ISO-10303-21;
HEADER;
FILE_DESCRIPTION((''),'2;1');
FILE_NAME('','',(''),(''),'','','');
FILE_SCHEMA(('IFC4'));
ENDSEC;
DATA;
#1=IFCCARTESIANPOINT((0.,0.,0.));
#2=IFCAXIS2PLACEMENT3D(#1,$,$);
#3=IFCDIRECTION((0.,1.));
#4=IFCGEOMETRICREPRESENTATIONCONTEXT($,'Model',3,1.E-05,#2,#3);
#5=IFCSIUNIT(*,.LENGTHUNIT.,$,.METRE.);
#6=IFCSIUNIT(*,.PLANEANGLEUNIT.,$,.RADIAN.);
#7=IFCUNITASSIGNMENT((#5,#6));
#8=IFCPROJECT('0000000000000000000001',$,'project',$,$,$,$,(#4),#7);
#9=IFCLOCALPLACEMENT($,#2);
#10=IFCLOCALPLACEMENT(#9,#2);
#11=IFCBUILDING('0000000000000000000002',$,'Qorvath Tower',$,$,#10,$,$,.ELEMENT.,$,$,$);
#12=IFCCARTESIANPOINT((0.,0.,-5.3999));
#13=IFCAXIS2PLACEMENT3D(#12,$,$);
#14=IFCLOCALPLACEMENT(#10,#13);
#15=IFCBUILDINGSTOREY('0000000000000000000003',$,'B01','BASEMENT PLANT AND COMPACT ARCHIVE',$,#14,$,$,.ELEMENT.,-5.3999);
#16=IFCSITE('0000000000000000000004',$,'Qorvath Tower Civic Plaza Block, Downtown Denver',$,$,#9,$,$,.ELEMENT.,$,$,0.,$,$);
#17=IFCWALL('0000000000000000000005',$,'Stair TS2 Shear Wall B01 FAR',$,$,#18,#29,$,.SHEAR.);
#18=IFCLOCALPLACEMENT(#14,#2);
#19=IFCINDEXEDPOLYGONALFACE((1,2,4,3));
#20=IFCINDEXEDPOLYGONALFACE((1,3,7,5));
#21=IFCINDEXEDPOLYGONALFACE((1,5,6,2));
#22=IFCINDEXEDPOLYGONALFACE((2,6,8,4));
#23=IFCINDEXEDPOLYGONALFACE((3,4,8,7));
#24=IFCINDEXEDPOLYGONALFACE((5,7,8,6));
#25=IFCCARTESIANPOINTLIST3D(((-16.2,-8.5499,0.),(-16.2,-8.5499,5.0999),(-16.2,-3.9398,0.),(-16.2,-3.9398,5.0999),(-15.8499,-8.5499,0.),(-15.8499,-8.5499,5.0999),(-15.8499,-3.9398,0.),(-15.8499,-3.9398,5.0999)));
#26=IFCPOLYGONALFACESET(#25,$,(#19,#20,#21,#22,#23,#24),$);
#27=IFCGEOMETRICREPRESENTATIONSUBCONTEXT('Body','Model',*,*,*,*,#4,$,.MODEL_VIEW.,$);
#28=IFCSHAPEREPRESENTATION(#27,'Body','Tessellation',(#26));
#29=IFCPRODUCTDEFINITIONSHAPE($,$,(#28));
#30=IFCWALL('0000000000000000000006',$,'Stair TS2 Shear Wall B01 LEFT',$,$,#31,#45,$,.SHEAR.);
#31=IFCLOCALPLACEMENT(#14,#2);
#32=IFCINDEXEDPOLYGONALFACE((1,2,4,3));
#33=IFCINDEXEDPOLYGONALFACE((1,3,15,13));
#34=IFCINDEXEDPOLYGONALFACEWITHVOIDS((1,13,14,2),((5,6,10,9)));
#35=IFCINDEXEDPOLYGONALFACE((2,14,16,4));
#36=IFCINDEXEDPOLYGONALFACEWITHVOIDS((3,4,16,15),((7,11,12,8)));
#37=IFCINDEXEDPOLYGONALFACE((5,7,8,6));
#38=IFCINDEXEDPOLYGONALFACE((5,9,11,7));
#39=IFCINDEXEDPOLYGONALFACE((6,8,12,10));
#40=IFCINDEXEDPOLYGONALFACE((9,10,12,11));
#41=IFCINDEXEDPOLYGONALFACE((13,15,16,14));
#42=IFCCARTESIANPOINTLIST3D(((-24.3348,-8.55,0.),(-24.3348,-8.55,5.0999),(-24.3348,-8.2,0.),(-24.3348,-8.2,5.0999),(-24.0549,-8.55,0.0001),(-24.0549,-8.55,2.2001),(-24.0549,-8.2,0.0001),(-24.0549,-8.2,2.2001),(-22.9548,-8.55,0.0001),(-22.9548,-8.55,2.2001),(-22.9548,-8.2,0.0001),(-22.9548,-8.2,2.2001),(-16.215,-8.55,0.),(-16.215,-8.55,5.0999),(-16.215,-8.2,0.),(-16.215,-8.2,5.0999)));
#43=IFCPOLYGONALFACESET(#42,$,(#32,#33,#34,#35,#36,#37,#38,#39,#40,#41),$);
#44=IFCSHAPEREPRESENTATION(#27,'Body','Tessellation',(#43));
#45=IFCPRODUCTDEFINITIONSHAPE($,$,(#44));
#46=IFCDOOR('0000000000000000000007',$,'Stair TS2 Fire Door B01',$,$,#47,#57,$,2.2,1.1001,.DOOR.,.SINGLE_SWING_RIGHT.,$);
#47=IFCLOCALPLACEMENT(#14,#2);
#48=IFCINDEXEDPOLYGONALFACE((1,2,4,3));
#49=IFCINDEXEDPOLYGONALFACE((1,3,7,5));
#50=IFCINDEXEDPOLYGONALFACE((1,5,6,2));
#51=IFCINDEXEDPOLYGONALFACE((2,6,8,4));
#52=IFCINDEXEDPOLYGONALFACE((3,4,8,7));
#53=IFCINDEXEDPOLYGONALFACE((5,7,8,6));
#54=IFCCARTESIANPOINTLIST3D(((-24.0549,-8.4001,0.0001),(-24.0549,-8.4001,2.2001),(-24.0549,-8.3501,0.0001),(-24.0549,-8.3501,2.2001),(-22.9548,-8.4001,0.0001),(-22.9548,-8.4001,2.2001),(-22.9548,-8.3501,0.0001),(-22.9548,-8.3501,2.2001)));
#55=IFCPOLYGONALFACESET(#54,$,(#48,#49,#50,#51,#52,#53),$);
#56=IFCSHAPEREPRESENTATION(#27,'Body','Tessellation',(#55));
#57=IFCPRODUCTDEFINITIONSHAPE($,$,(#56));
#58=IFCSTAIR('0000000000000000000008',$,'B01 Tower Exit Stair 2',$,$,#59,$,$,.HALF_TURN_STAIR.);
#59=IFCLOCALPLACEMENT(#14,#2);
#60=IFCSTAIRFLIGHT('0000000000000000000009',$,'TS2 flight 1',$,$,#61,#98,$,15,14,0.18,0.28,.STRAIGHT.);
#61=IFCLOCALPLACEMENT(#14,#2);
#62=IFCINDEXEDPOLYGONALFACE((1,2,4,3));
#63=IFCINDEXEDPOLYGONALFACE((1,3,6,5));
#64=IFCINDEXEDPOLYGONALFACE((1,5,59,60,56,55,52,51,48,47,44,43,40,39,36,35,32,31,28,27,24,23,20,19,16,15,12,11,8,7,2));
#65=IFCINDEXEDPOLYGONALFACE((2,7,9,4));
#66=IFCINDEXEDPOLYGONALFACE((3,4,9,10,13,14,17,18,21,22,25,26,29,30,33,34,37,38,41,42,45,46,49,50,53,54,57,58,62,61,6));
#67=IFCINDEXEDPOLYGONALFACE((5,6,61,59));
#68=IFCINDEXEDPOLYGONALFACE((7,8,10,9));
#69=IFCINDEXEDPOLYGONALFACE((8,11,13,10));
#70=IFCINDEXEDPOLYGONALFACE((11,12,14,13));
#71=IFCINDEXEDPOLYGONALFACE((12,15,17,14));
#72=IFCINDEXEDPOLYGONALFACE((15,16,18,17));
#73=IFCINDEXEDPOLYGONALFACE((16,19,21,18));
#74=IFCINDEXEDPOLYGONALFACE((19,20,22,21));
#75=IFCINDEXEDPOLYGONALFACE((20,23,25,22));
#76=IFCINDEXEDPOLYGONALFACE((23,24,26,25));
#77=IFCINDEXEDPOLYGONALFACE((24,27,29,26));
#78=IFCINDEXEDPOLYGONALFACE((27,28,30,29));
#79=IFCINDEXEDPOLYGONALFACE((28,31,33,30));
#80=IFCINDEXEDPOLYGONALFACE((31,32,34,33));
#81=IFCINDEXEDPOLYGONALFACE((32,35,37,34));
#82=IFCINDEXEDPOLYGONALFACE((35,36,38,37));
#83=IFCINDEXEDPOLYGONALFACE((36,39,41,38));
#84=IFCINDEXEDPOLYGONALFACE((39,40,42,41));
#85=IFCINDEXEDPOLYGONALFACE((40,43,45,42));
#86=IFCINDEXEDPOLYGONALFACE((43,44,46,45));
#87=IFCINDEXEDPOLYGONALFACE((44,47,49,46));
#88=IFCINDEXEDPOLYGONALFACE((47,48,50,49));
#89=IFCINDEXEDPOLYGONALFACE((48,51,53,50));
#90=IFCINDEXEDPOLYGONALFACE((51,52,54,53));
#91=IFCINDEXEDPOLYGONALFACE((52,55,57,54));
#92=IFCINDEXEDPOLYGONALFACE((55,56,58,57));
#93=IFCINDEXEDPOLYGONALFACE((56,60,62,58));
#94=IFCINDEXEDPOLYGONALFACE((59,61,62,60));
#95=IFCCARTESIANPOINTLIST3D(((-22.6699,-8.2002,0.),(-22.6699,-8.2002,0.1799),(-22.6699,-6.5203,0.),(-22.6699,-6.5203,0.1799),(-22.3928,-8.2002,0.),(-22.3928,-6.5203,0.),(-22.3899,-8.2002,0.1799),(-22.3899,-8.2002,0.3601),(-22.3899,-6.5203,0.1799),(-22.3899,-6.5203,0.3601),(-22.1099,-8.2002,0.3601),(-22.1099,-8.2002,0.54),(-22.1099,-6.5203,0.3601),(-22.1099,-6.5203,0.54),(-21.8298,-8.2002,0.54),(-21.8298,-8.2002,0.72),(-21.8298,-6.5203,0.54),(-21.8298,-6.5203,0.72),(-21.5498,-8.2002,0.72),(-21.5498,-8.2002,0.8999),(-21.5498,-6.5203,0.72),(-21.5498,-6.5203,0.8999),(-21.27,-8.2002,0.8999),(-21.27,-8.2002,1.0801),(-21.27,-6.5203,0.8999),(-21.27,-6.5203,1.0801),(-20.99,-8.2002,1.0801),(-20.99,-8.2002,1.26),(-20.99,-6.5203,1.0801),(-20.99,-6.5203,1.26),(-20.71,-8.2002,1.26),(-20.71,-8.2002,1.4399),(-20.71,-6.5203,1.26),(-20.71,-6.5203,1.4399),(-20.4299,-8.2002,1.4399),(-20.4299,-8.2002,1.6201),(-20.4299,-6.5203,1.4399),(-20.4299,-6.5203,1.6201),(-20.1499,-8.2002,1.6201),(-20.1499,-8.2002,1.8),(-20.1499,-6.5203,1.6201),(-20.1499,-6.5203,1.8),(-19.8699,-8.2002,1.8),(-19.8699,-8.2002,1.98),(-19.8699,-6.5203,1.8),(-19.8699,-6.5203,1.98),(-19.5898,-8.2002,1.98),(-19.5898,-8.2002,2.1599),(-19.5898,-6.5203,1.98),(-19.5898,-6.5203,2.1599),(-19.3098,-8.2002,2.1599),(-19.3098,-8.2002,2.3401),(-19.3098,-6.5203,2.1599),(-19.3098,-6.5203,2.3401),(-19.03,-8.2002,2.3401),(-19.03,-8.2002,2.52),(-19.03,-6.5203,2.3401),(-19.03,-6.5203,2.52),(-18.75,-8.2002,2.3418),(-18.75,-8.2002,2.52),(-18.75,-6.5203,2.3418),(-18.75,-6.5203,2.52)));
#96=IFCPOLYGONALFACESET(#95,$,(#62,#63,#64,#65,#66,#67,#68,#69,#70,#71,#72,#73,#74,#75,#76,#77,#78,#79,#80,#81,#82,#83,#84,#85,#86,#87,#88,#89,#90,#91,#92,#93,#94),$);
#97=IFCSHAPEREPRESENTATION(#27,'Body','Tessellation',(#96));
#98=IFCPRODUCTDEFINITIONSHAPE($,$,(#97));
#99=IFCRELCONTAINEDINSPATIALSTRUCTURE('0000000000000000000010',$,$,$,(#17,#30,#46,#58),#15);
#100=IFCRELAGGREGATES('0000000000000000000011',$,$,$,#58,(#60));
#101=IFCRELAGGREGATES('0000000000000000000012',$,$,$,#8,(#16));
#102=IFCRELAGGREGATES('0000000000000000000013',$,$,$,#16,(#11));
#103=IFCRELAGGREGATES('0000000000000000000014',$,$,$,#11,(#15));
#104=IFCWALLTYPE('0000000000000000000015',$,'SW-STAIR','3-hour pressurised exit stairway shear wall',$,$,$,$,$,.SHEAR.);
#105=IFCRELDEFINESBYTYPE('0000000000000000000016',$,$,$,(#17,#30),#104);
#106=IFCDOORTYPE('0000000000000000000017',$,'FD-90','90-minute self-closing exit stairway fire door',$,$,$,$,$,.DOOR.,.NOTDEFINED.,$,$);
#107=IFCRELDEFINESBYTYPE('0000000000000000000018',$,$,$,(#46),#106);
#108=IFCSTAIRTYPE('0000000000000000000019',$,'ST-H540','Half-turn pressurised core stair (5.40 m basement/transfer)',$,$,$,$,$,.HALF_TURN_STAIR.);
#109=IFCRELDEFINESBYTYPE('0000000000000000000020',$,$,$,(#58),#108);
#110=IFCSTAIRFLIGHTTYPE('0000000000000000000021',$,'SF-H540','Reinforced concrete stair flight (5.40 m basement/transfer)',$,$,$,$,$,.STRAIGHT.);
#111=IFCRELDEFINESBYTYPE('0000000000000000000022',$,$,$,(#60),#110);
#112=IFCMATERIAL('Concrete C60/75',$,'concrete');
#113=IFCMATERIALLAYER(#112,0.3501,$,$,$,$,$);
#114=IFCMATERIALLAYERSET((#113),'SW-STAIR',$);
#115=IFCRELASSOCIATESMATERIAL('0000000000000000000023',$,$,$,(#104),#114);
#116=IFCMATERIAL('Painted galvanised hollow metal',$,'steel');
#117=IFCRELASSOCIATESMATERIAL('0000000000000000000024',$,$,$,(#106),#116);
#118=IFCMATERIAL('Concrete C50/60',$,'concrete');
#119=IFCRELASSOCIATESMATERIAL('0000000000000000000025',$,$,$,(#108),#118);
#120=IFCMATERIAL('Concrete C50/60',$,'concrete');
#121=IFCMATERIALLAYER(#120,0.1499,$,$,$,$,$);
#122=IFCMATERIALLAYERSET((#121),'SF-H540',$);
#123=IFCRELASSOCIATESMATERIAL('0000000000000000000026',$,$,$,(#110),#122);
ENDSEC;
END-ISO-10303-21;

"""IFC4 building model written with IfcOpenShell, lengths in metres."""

from ifc_helpers import new_model, si_unit, direction, frame, frame_2d, origin, place, context, subcontext, project, spatial, polyline, rectangle, outline, extrude, material, layer, layer_set, type_object, element, fill, aggregate, save


model = new_model("IFC4")

# Units and contexts
model_context = context("Model", 3, precision=1e-05, world=origin(), true_north=direction((0.0, 1.0)))
body_context = subcontext(model_context, "Body", "Model", "MODEL_VIEW")
ifc_project = project(units=[si_unit("LENGTHUNIT", "METRE"), si_unit("PLANEANGLEUNIT", "RADIAN")], contexts=[model_context])

# Site, building, storey
site_placement = place(None, origin())
site = spatial("IfcSite", under=ifc_project, at=site_placement, Name="Qorvath Tower Civic Plaza Block, Downtown Denver", CompositionType="ELEMENT", RefElevation=0.0)
building_placement = place(site_placement, origin())
building = spatial("IfcBuilding", under=site, at=building_placement, Name="Qorvath Tower", CompositionType="ELEMENT")
storey_placement = place(building_placement, frame((0.0, 0.0, -5.3999)))
storey = spatial("IfcBuildingStorey", under=building, at=storey_placement, Name="B01", Description="BASEMENT PLANT AND COMPACT ARCHIVE", CompositionType="ELEMENT", Elevation=-5.3999)

# Wall
ifc_material_1 = material(Name="Concrete C60/75", Category="concrete")
ifc_layer_1 = layer(ifc_material_1, 0.3501)
ifc_layer_set_1 = layer_set([ifc_layer_1], Name="SW-STAIR")
wall_type_1 = type_object("IfcWallType", Name="SW-STAIR", Description="3-hour pressurised exit stairway shear wall", PredefinedType="SHEAR", material=ifc_layer_set_1)
wall_1_placement = place(storey_placement, frame((-16.0249, -8.55, 0.0), z_axis=(0.0, 0.0, 1.0), x_axis=(0.0, 1.0, 0.0)))
element("IfcWall", 1, at=wall_1_placement, inside=storey, type_object=wall_type_1, Name="Stair TS2 Shear Wall B01 FAR", PredefinedType="SHEAR", context=body_context, shape_type="SweptSolid", body=[
    extrude(rectangle(XDim=4.6101, YDim=0.3501, at=frame_2d((2.3052, 0.0))), origin(), (0.0, 0.0, 1.0), 5.0999),
])

# Wall, opening, door
wall_2_placement = place(storey_placement, frame((-24.335, -8.375, 0.0), z_axis=(0.0, 0.0, 1.0), x_axis=(1.0, 0.0, 0.0)))
wall_2 = element("IfcWall", 2, at=wall_2_placement, inside=storey, type_object=wall_type_1, Name="Stair TS2 Shear Wall B01 LEFT", PredefinedType="SHEAR", context=body_context, shape_type="SweptSolid", body=[
    extrude(rectangle(XDim=8.1199, YDim=0.3501, at=frame_2d((4.0601, 0.0))), origin(), (0.0, 0.0, 1.0), 5.0999),
])
opening_1_placement = place(wall_2_placement, frame((0.28, 0.0, 0.0)))
opening_1 = element("IfcOpeningElement", 3, at=opening_1_placement, cuts=wall_2, PredefinedType="OPENING", context=body_context, shape_type="SweptSolid", body=[
    extrude(rectangle(XDim=1.1001, YDim=2.2, at=frame_2d((0.55, 1.1001))), frame((0.0, 0.1851, 0.0), z_axis=(0.0, -1.0, 0.0), x_axis=(1.0, 0.0, 0.0)), (0.0, 0.0, 1.0), 0.3701),
])
ifc_material_2 = material(Name="Painted galvanised hollow metal", Category="steel")
door_type_1 = type_object("IfcDoorType", Name="FD-90", Description="90-minute self-closing exit stairway fire door", OperationType="NOTDEFINED", PredefinedType="DOOR", material=ifc_material_2)
door_1_placement = place(opening_1_placement, origin())
door_1 = element("IfcDoor", 4, at=door_1_placement, inside=storey, type_object=door_type_1, Name="Stair TS2 Fire Door B01", OperationType="SINGLE_SWING_RIGHT", OverallHeight=2.2, OverallWidth=1.1001, PredefinedType="DOOR", context=body_context, shape_type="SweptSolid", body=[
    extrude(rectangle(XDim=1.1001, YDim=2.2, at=frame_2d((0.55, 1.1001))), frame((0.0, 0.0249, 0.0), z_axis=(0.0, -1.0, 0.0), x_axis=(1.0, 0.0, 0.0)), (0.0, 0.0, 1.0), 0.05),
])
fill(opening_1, door_1)

# Stair, stair flight
ifc_material_3 = material(Name="Concrete C50/60", Category="concrete")
stair_type = type_object("IfcStairType", Name="ST-H540", Description="Half-turn pressurised core stair (5.40 m basement/transfer)", PredefinedType="HALF_TURN_STAIR", material=ifc_material_3)
stair_placement = place(storey_placement, origin())
stair = element("IfcStair", 5, at=stair_placement, inside=storey, type_object=stair_type, Name="B01 Tower Exit Stair 2", PredefinedType="HALF_TURN_STAIR")
ifc_material_4 = material(Name="Concrete C50/60", Category="concrete")
ifc_layer_2 = layer(ifc_material_4, 0.1499)
ifc_layer_set_2 = layer_set([ifc_layer_2], Name="SF-H540")
stair_flight_type = type_object("IfcStairFlightType", Name="SF-H540", Description="Reinforced concrete stair flight (5.40 m basement/transfer)", PredefinedType="STRAIGHT", material=ifc_layer_set_2)
stair_flight_placement = place(storey_placement, frame((-22.6699, -7.3601, 0.0), z_axis=(0.0, 0.0, 1.0), x_axis=(1.0, 0.0, 0.0)))
stair_flight = element("IfcStairFlight", 6, at=stair_flight_placement, type_object=stair_flight_type, Name="TS2 flight 1", NumberOfRisers=15, NumberOfTreads=14, PredefinedType="STRAIGHT", RiserHeight=0.18, TreadLength=0.28, context=body_context, shape_type="SweptSolid", body=[
    extrude(outline(polyline([(0.0, 0.0), (0.0, 0.1799), (0.28, 0.1799), (0.28, 0.3601), (0.5601, 0.3601), (0.5601, 0.54), (0.8401, 0.54), (0.8401, 0.72), (1.1201, 0.72), (1.1201, 0.8999), (1.3999, 0.8999), (1.3999, 1.0801), (1.6799, 1.0801), (1.6799, 1.26), (1.96, 1.26), (1.96, 1.4399), (2.24, 1.4399), (2.24, 1.6201), (2.52, 1.6201), (2.52, 1.8), (2.8, 1.8), (2.8, 1.98), (3.0801, 1.98), (3.0801, 2.1599), (3.3601, 2.1599), (3.3601, 2.3401), (3.6399, 2.3401), (3.6399, 2.52), (3.9199, 2.52), (3.9199, 2.7), (3.9199, 2.3418), (0.2771, 0.0), (0.0, 0.0)])), frame((0.0, 0.8398, 0.0), z_axis=(0.0, -1.0, 0.0), x_axis=(1.0, 0.0, 0.0)), (0.0, 0.0, 1.0), 1.6799),
])
aggregate(stair, [stair_flight])

save(model, "model.ifc")
